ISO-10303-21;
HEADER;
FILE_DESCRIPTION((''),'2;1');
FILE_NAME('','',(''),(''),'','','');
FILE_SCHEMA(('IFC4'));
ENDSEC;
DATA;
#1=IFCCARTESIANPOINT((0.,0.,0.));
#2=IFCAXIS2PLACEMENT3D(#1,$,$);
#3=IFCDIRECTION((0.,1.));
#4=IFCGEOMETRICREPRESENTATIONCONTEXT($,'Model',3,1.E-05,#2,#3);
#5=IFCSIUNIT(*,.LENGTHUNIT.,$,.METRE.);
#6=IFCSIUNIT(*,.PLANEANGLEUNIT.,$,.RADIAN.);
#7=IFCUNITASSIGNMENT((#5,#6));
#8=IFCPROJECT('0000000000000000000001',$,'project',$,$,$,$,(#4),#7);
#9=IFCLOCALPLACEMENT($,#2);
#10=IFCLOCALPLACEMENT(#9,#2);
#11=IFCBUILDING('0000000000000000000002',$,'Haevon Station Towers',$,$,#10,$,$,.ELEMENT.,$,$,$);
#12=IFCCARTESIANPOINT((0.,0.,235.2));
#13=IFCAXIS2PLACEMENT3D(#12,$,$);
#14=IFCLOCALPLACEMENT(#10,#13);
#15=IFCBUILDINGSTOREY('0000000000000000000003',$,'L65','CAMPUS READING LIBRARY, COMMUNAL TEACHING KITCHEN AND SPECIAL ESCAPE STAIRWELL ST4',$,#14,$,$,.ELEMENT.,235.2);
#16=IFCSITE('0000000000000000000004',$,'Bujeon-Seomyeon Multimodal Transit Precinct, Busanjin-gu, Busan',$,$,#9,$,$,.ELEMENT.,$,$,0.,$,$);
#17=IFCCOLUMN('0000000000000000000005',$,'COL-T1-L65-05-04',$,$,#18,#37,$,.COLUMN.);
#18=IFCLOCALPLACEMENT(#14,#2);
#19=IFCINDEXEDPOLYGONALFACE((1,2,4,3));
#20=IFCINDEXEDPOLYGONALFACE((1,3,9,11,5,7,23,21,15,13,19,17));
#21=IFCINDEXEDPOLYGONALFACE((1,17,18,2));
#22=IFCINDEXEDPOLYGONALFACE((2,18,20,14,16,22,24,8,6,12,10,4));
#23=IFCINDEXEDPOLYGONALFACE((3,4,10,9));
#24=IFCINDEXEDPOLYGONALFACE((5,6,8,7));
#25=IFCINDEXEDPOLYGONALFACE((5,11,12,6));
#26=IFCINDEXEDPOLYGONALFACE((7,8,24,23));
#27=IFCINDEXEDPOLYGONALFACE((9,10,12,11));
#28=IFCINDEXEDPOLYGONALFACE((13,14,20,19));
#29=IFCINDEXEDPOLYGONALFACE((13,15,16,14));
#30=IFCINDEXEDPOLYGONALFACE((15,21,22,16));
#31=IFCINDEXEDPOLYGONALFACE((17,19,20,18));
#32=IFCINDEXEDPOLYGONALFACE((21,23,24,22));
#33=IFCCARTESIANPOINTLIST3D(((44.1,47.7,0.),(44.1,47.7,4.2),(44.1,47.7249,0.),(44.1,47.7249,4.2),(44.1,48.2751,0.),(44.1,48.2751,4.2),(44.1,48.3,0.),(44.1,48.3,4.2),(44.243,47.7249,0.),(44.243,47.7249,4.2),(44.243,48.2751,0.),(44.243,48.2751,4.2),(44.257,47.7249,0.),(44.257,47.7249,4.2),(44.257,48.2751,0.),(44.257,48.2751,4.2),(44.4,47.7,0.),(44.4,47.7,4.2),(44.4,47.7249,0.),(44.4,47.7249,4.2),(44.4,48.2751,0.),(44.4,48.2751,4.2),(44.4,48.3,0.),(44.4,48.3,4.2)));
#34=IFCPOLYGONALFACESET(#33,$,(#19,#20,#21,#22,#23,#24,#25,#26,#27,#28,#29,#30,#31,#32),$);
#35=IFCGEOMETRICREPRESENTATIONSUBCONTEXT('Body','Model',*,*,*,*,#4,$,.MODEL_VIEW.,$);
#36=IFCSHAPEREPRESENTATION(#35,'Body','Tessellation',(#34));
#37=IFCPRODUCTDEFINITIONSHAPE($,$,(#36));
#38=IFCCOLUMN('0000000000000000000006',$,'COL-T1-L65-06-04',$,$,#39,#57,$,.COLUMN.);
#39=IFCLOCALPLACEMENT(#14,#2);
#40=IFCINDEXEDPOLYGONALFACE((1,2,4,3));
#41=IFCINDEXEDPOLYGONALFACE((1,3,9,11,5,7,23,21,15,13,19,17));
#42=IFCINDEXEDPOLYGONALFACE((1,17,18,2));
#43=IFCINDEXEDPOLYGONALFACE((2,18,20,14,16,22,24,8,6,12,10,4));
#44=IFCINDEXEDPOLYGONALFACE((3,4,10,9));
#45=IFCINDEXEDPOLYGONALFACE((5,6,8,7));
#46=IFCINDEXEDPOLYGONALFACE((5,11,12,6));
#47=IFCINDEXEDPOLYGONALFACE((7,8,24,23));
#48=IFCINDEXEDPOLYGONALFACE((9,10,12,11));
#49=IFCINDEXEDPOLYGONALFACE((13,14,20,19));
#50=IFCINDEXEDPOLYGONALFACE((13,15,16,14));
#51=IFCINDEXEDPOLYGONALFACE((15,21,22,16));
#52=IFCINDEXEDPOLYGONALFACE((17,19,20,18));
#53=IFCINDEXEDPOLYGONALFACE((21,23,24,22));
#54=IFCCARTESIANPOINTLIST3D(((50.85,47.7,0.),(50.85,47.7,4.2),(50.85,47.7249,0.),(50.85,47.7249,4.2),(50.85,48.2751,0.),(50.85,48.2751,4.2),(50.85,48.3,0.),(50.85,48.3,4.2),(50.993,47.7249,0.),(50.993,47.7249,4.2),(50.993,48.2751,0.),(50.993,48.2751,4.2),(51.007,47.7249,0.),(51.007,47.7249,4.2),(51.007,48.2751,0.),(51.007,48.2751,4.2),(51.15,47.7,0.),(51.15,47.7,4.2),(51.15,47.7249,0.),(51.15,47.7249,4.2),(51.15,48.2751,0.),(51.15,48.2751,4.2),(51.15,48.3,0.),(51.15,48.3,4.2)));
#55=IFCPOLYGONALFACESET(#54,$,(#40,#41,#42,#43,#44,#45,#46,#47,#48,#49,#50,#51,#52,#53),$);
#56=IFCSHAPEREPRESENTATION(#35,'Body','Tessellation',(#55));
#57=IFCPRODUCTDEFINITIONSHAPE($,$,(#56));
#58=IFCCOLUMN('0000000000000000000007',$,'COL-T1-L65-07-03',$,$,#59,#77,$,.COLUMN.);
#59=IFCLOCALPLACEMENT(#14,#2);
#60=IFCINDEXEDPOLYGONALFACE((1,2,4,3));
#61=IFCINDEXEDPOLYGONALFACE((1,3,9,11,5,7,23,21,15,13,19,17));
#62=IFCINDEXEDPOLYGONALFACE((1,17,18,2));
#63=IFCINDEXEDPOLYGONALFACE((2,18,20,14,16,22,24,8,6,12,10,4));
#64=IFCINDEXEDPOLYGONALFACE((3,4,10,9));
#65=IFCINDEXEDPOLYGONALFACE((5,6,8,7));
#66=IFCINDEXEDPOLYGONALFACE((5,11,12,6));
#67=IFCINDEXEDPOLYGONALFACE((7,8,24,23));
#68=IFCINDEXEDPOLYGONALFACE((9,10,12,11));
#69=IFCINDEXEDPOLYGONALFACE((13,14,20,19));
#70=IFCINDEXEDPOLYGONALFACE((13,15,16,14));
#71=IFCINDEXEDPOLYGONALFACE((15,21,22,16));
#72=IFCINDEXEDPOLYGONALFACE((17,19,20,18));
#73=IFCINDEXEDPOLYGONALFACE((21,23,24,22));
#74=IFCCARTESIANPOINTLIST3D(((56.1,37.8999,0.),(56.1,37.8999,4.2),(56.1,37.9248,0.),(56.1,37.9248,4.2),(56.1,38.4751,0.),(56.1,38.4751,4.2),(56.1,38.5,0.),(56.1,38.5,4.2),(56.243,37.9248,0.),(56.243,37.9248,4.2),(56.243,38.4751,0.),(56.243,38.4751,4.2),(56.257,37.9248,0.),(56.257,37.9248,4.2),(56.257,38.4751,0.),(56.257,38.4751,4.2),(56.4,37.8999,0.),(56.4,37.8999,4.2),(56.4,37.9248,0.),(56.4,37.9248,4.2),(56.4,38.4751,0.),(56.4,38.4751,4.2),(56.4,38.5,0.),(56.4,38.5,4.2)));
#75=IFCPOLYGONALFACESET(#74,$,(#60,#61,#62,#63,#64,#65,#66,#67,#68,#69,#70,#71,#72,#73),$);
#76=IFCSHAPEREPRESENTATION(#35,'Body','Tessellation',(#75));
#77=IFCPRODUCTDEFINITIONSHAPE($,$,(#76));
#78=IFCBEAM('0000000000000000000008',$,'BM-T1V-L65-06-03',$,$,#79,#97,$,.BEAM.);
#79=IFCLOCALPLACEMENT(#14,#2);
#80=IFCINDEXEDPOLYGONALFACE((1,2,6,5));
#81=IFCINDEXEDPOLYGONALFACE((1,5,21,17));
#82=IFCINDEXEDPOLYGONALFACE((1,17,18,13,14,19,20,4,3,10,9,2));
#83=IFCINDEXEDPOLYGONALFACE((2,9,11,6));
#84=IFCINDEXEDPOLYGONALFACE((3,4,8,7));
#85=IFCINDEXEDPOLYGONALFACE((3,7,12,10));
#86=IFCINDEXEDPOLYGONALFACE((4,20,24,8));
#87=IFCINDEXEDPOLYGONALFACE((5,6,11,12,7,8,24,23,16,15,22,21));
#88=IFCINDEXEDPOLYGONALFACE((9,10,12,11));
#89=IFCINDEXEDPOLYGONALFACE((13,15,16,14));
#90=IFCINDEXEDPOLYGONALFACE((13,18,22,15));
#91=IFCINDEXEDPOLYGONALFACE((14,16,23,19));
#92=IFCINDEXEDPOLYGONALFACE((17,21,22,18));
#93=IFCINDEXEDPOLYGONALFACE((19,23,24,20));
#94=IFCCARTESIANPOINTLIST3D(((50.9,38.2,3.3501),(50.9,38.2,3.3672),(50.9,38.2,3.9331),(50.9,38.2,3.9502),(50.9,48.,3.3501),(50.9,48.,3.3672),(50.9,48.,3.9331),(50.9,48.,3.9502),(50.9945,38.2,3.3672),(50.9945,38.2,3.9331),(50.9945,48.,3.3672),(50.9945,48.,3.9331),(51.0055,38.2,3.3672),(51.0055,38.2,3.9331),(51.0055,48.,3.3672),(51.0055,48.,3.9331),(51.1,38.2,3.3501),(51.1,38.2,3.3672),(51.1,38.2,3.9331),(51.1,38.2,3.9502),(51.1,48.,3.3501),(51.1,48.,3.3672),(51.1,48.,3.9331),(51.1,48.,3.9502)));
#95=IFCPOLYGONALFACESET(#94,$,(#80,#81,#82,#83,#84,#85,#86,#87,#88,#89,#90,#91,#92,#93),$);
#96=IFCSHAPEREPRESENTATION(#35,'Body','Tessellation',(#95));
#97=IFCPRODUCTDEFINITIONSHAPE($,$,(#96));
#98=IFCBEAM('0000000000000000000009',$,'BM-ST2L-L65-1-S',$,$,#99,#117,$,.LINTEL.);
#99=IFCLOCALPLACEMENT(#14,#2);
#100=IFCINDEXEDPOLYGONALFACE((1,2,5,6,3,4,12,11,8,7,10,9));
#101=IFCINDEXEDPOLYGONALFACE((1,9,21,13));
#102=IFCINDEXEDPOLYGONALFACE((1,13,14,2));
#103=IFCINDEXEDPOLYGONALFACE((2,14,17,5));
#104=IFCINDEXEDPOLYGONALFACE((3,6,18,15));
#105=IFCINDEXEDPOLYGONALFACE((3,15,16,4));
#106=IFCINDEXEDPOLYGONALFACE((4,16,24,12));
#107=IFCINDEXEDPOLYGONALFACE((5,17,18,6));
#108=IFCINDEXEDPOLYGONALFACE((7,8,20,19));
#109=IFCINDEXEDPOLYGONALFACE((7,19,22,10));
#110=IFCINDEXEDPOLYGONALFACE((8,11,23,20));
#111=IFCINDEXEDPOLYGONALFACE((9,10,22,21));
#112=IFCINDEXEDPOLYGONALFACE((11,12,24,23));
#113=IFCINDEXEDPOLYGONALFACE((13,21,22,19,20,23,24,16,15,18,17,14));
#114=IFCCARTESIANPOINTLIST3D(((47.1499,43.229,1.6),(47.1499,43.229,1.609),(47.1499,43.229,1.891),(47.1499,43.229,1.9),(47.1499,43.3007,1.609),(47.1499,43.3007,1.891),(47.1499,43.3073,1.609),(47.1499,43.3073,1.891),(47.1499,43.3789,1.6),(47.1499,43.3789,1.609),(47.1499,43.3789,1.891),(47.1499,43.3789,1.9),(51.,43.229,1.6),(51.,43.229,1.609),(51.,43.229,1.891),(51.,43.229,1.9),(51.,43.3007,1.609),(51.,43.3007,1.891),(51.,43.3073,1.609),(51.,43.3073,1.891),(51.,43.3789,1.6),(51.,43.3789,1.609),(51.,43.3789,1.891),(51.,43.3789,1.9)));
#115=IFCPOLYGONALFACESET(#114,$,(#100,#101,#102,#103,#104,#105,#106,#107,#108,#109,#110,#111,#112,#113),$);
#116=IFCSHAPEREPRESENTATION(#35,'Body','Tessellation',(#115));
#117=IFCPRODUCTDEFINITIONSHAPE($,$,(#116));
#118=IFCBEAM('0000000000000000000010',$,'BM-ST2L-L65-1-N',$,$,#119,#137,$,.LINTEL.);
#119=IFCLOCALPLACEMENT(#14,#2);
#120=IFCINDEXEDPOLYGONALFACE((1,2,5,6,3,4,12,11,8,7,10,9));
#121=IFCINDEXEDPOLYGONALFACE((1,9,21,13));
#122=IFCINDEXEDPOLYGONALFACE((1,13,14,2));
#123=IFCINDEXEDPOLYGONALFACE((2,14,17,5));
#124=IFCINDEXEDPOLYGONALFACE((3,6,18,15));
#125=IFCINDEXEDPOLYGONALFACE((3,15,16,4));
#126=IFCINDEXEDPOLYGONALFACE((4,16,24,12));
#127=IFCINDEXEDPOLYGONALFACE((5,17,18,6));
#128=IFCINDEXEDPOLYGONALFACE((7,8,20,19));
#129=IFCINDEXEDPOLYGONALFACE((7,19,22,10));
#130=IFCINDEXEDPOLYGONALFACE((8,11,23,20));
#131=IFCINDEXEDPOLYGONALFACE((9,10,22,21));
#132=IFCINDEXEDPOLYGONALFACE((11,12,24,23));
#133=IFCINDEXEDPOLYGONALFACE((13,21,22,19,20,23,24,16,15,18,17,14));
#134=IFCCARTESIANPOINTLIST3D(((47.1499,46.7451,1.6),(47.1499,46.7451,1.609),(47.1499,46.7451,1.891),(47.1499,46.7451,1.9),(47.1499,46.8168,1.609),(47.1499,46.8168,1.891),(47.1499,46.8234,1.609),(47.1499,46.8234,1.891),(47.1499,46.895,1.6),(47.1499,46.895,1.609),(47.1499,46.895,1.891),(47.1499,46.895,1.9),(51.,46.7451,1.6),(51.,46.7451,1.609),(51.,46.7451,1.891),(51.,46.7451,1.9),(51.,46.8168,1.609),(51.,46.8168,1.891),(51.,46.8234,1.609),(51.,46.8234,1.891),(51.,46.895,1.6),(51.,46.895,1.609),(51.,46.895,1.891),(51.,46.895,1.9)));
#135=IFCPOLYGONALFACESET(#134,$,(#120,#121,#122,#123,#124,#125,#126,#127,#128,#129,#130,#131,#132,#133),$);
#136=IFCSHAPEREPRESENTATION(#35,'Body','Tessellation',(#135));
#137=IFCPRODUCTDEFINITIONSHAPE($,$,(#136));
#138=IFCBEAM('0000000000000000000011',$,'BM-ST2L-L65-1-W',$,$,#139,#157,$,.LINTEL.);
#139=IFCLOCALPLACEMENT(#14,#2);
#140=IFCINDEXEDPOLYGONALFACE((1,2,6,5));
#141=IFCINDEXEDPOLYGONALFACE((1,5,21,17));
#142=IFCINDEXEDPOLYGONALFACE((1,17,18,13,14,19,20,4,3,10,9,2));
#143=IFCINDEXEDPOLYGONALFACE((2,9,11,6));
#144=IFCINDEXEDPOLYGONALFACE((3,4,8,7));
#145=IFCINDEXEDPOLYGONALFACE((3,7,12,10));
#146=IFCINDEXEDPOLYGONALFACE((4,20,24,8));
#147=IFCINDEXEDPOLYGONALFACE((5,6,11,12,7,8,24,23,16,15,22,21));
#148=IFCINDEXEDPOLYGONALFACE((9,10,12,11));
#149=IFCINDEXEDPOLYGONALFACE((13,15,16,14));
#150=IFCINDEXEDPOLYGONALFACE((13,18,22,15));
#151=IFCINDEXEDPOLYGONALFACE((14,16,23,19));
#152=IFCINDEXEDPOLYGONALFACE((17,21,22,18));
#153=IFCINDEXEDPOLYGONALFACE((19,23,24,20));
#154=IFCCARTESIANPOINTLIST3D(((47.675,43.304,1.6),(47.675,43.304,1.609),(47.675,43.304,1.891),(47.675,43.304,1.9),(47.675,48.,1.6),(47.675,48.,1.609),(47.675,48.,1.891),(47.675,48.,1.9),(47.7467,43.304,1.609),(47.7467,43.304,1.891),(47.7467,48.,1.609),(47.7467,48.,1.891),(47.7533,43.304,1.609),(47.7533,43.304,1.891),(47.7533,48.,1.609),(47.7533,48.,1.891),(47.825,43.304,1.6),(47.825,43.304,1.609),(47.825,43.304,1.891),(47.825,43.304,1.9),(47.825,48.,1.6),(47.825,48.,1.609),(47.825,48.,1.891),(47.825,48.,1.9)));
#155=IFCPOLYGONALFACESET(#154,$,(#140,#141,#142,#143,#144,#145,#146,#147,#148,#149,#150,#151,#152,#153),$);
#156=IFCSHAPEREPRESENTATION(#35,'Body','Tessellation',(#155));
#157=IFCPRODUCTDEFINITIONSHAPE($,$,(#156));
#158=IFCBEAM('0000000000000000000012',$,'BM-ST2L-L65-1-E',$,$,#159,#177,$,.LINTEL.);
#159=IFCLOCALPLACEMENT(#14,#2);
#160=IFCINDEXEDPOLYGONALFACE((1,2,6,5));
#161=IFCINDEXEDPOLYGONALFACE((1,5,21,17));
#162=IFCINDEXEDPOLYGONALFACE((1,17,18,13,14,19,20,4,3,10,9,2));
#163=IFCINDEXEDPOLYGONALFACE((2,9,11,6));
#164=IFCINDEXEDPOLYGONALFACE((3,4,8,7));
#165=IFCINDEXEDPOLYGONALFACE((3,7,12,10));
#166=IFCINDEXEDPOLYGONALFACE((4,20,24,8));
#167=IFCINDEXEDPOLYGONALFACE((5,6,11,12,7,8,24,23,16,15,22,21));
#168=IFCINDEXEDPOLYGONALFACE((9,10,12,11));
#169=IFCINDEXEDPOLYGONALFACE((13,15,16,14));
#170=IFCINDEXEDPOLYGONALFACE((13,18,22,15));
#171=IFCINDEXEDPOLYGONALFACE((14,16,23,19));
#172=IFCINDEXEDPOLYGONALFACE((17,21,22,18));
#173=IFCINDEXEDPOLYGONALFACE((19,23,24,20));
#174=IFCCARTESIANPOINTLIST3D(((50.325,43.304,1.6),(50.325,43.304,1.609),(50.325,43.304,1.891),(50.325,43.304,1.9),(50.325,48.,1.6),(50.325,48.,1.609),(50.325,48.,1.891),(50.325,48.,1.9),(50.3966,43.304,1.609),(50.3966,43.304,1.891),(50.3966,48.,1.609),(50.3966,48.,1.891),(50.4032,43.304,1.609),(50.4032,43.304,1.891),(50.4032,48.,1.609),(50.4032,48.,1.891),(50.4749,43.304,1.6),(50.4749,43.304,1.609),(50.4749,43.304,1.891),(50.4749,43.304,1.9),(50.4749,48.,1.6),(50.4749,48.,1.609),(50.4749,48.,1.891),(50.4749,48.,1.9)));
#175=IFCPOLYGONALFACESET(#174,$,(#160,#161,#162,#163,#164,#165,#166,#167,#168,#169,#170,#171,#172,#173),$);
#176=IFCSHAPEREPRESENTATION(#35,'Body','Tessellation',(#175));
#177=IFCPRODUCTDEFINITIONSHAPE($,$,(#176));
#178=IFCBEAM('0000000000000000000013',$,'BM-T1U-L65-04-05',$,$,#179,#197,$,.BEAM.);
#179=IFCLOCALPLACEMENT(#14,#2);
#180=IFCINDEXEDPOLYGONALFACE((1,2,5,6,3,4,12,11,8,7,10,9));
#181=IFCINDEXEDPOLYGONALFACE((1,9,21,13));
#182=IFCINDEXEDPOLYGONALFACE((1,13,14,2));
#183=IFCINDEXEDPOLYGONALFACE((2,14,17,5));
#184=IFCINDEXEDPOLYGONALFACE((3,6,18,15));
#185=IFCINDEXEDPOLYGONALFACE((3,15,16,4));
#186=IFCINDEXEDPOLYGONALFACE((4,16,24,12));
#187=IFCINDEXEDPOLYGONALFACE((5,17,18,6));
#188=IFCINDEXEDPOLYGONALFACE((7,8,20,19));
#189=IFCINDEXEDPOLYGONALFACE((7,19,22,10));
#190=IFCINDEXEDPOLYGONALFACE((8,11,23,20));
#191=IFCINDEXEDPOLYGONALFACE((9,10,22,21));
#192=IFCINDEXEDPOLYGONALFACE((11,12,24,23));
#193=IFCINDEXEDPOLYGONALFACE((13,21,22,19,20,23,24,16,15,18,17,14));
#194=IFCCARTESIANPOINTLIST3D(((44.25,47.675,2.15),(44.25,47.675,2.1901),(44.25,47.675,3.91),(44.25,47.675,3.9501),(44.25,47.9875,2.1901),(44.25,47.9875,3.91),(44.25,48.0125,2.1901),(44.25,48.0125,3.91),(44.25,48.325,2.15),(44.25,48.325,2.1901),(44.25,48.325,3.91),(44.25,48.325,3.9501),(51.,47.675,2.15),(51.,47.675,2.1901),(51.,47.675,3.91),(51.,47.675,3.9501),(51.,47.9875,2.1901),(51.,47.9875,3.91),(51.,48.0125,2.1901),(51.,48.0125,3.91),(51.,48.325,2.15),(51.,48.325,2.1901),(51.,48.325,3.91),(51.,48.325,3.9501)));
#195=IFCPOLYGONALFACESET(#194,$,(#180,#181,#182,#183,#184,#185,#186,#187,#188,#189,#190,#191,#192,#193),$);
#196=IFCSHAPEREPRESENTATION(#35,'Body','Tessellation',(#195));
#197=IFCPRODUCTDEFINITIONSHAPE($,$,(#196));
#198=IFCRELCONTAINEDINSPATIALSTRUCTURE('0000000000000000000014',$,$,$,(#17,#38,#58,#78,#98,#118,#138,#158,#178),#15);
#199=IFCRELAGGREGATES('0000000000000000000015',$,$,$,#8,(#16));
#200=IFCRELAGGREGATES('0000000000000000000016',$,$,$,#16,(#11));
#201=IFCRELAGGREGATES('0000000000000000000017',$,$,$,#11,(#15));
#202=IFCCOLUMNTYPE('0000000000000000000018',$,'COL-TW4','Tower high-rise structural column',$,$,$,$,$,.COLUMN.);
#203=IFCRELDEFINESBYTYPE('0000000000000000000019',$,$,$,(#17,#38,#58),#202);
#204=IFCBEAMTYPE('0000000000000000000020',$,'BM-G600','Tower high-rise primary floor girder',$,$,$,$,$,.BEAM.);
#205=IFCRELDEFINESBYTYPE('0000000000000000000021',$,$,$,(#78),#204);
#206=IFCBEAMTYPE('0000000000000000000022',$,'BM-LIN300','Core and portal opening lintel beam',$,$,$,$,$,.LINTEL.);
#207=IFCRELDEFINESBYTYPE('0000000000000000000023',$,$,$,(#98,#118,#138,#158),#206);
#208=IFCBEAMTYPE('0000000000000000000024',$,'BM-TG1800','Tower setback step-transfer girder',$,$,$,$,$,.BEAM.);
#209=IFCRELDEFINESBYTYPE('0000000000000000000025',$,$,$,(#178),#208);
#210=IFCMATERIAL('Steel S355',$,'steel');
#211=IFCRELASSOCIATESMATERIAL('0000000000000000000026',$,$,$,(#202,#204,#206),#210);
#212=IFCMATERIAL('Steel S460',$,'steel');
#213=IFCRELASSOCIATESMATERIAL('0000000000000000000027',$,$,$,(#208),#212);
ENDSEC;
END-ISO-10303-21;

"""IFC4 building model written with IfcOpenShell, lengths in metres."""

from ifc_helpers import new_model, si_unit, direction, frame, origin, origin_2d, place, context, subcontext, project, spatial, i_section, extrude, material, material_profile, profile_set, type_object, element, save


model = new_model("IFC4")

# Units and contexts
model_context = context("Model", 3, precision=1e-05, world=origin(), true_north=direction((0.0, 1.0)))
body_context = subcontext(model_context, "Body", "Model", "MODEL_VIEW")
ifc_project = project(units=[si_unit("LENGTHUNIT", "METRE"), si_unit("PLANEANGLEUNIT", "RADIAN")], contexts=[model_context])

# Site, building, storey
site_placement = place(None, origin())
site = spatial("IfcSite", under=ifc_project, at=site_placement, Name="Bujeon-Seomyeon Multimodal Transit Precinct, Busanjin-gu, Busan", CompositionType="ELEMENT", RefElevation=0.0)
building_placement = place(site_placement, origin())
building = spatial("IfcBuilding", under=site, at=building_placement, Name="Haevon Station Towers", CompositionType="ELEMENT")
storey_placement = place(building_placement, frame((0.0, 0.0, 235.2)))
storey = spatial("IfcBuildingStorey", under=building, at=storey_placement, Name="L65", Description="CAMPUS READING LIBRARY, COMMUNAL TEACHING KITCHEN AND SPECIAL ESCAPE STAIRWELL ST4", CompositionType="ELEMENT", Elevation=235.2)

# Columns
ifc_material_1 = material(Name="Steel S355", Category="steel")
ifc_material_profile_1 = material_profile(ifc_material_1, i_section(OverallWidth=0.3, OverallDepth=0.6001, WebThickness=0.0139, FlangeThickness=0.0249, at=origin_2d()), Name="H-600x300x14x25")
ifc_profile_set_1 = profile_set([ifc_material_profile_1], Name="Steel S355")
column_type = type_object("IfcColumnType", Name="COL-TW4", Description="Tower high-rise structural column", PredefinedType="COLUMN", material=ifc_profile_set_1)
for number, where, z_axis, x_axis, name in (
    (1, (44.25, 48.0, 0.0), (0.0, 0.0, 1.0), (1.0, 0.0, 0.0), "COL-T1-L65-05-04"),
    (2, (51.0, 48.0, 0.0), (0.0, 0.0, 1.0), (1.0, 0.0, 0.0), "COL-T1-L65-06-04"),
    (3, (56.25, 38.2, 0.0), (0.0, 0.0, 1.0), (1.0, 0.0, 0.0), "COL-T1-L65-07-03"),
):
    element("IfcColumn", number, at=place(storey_placement, frame(where, z_axis=z_axis, x_axis=x_axis)), inside=storey, type_object=column_type, Name=name, PredefinedType="COLUMN", context=body_context, shape_type="SweptSolid", body=[
        extrude(i_section(OverallWidth=0.3, OverallDepth=0.6001, WebThickness=0.0139, FlangeThickness=0.0249, at=origin_2d()), origin(), (0.0, 0.0, 1.0), 4.2),
    ])

# Beams
ifc_material_profile_2 = material_profile(ifc_material_1, i_section(OverallWidth=0.2, OverallDepth=0.6001, WebThickness=0.011, FlangeThickness=0.0171, at=origin_2d()), Name="H-600x200x11x17")
ifc_profile_set_2 = profile_set([ifc_material_profile_2], Name="Steel S355")
beam_type_1 = type_object("IfcBeamType", Name="BM-G600", Description="Tower high-rise primary floor girder", PredefinedType="BEAM", material=ifc_profile_set_2)
beam_1_placement = place(storey_placement, frame((51.0, 38.2, 3.6501), z_axis=(0.0, 1.0, 0.0), x_axis=(-1.0, 0.0, 0.0)))
element("IfcBeam", 4, at=beam_1_placement, inside=storey, type_object=beam_type_1, Name="BM-T1V-L65-06-03", PredefinedType="BEAM", context=body_context, shape_type="SweptSolid", body=[
    extrude(i_section(OverallWidth=0.2, OverallDepth=0.6001, WebThickness=0.011, FlangeThickness=0.0171, at=origin_2d()), origin(), (0.0, 0.0, 1.0), 9.8),
])
ifc_material_profile_3 = material_profile(ifc_material_1, i_section(OverallWidth=0.1499, OverallDepth=0.3, WebThickness=0.0066, FlangeThickness=0.009, at=origin_2d()), Name="H-300x150x6.5x9")
ifc_profile_set_3 = profile_set([ifc_material_profile_3], Name="Steel S355")
beam_type_2 = type_object("IfcBeamType", Name="BM-LIN300", Description="Core and portal opening lintel beam", PredefinedType="LINTEL", material=ifc_profile_set_3)
for number, where, z_axis, x_axis, name in (
    (5, (47.1499, 43.304, 1.75), (1.0, 0.0, 0.0), (0.0, 1.0, 0.0), "BM-ST2L-L65-1-S"),
    (6, (47.1499, 46.8201, 1.75), (1.0, 0.0, 0.0), (0.0, 1.0, 0.0), "BM-ST2L-L65-1-N"),
):
    element("IfcBeam", number, at=place(storey_placement, frame(where, z_axis=z_axis, x_axis=x_axis)), inside=storey, type_object=beam_type_2, Name=name, PredefinedType="LINTEL", context=body_context, shape_type="SweptSolid", body=[
        extrude(i_section(OverallWidth=0.1499, OverallDepth=0.3, WebThickness=0.0066, FlangeThickness=0.009, at=origin_2d()), origin(), (0.0, 0.0, 1.0), 3.8501),
    ])
for number, where, z_axis, x_axis, name in (
    (7, (47.75, 43.304, 1.75), (0.0, 1.0, 0.0), (-1.0, 0.0, 0.0), "BM-ST2L-L65-1-W"),
    (8, (50.3999, 43.304, 1.75), (0.0, 1.0, 0.0), (-1.0, 0.0, 0.0), "BM-ST2L-L65-1-E"),
):
    element("IfcBeam", number, at=place(storey_placement, frame(where, z_axis=z_axis, x_axis=x_axis)), inside=storey, type_object=beam_type_2, Name=name, PredefinedType="LINTEL", context=body_context, shape_type="SweptSolid", body=[
        extrude(i_section(OverallWidth=0.1499, OverallDepth=0.3, WebThickness=0.0066, FlangeThickness=0.009, at=origin_2d()), origin(), (0.0, 0.0, 1.0), 4.696),
    ])
ifc_material_2 = material(Name="Steel S460", Category="steel")
ifc_material_profile_4 = material_profile(ifc_material_2, i_section(OverallWidth=0.6499, OverallDepth=1.8, WebThickness=0.0249, FlangeThickness=0.04, at=origin_2d()), Name="H-1800x650x25x40")
ifc_profile_set_4 = profile_set([ifc_material_profile_4], Name="Steel S460")
beam_type_3 = type_object("IfcBeamType", Name="BM-TG1800", Description="Tower setback step-transfer girder", PredefinedType="BEAM", material=ifc_profile_set_4)
beam_2_placement = place(storey_placement, frame((44.25, 48.0, 3.05), z_axis=(1.0, 0.0, 0.0), x_axis=(0.0, 1.0, 0.0)))
element("IfcBeam", 9, at=beam_2_placement, inside=storey, type_object=beam_type_3, Name="BM-T1U-L65-04-05", PredefinedType="BEAM", context=body_context, shape_type="SweptSolid", body=[
    extrude(i_section(OverallWidth=0.6499, OverallDepth=1.8, WebThickness=0.0249, FlangeThickness=0.04, at=origin_2d()), origin(), (0.0, 0.0, 1.0), 6.75),
])

save(model, "model.ifc")
